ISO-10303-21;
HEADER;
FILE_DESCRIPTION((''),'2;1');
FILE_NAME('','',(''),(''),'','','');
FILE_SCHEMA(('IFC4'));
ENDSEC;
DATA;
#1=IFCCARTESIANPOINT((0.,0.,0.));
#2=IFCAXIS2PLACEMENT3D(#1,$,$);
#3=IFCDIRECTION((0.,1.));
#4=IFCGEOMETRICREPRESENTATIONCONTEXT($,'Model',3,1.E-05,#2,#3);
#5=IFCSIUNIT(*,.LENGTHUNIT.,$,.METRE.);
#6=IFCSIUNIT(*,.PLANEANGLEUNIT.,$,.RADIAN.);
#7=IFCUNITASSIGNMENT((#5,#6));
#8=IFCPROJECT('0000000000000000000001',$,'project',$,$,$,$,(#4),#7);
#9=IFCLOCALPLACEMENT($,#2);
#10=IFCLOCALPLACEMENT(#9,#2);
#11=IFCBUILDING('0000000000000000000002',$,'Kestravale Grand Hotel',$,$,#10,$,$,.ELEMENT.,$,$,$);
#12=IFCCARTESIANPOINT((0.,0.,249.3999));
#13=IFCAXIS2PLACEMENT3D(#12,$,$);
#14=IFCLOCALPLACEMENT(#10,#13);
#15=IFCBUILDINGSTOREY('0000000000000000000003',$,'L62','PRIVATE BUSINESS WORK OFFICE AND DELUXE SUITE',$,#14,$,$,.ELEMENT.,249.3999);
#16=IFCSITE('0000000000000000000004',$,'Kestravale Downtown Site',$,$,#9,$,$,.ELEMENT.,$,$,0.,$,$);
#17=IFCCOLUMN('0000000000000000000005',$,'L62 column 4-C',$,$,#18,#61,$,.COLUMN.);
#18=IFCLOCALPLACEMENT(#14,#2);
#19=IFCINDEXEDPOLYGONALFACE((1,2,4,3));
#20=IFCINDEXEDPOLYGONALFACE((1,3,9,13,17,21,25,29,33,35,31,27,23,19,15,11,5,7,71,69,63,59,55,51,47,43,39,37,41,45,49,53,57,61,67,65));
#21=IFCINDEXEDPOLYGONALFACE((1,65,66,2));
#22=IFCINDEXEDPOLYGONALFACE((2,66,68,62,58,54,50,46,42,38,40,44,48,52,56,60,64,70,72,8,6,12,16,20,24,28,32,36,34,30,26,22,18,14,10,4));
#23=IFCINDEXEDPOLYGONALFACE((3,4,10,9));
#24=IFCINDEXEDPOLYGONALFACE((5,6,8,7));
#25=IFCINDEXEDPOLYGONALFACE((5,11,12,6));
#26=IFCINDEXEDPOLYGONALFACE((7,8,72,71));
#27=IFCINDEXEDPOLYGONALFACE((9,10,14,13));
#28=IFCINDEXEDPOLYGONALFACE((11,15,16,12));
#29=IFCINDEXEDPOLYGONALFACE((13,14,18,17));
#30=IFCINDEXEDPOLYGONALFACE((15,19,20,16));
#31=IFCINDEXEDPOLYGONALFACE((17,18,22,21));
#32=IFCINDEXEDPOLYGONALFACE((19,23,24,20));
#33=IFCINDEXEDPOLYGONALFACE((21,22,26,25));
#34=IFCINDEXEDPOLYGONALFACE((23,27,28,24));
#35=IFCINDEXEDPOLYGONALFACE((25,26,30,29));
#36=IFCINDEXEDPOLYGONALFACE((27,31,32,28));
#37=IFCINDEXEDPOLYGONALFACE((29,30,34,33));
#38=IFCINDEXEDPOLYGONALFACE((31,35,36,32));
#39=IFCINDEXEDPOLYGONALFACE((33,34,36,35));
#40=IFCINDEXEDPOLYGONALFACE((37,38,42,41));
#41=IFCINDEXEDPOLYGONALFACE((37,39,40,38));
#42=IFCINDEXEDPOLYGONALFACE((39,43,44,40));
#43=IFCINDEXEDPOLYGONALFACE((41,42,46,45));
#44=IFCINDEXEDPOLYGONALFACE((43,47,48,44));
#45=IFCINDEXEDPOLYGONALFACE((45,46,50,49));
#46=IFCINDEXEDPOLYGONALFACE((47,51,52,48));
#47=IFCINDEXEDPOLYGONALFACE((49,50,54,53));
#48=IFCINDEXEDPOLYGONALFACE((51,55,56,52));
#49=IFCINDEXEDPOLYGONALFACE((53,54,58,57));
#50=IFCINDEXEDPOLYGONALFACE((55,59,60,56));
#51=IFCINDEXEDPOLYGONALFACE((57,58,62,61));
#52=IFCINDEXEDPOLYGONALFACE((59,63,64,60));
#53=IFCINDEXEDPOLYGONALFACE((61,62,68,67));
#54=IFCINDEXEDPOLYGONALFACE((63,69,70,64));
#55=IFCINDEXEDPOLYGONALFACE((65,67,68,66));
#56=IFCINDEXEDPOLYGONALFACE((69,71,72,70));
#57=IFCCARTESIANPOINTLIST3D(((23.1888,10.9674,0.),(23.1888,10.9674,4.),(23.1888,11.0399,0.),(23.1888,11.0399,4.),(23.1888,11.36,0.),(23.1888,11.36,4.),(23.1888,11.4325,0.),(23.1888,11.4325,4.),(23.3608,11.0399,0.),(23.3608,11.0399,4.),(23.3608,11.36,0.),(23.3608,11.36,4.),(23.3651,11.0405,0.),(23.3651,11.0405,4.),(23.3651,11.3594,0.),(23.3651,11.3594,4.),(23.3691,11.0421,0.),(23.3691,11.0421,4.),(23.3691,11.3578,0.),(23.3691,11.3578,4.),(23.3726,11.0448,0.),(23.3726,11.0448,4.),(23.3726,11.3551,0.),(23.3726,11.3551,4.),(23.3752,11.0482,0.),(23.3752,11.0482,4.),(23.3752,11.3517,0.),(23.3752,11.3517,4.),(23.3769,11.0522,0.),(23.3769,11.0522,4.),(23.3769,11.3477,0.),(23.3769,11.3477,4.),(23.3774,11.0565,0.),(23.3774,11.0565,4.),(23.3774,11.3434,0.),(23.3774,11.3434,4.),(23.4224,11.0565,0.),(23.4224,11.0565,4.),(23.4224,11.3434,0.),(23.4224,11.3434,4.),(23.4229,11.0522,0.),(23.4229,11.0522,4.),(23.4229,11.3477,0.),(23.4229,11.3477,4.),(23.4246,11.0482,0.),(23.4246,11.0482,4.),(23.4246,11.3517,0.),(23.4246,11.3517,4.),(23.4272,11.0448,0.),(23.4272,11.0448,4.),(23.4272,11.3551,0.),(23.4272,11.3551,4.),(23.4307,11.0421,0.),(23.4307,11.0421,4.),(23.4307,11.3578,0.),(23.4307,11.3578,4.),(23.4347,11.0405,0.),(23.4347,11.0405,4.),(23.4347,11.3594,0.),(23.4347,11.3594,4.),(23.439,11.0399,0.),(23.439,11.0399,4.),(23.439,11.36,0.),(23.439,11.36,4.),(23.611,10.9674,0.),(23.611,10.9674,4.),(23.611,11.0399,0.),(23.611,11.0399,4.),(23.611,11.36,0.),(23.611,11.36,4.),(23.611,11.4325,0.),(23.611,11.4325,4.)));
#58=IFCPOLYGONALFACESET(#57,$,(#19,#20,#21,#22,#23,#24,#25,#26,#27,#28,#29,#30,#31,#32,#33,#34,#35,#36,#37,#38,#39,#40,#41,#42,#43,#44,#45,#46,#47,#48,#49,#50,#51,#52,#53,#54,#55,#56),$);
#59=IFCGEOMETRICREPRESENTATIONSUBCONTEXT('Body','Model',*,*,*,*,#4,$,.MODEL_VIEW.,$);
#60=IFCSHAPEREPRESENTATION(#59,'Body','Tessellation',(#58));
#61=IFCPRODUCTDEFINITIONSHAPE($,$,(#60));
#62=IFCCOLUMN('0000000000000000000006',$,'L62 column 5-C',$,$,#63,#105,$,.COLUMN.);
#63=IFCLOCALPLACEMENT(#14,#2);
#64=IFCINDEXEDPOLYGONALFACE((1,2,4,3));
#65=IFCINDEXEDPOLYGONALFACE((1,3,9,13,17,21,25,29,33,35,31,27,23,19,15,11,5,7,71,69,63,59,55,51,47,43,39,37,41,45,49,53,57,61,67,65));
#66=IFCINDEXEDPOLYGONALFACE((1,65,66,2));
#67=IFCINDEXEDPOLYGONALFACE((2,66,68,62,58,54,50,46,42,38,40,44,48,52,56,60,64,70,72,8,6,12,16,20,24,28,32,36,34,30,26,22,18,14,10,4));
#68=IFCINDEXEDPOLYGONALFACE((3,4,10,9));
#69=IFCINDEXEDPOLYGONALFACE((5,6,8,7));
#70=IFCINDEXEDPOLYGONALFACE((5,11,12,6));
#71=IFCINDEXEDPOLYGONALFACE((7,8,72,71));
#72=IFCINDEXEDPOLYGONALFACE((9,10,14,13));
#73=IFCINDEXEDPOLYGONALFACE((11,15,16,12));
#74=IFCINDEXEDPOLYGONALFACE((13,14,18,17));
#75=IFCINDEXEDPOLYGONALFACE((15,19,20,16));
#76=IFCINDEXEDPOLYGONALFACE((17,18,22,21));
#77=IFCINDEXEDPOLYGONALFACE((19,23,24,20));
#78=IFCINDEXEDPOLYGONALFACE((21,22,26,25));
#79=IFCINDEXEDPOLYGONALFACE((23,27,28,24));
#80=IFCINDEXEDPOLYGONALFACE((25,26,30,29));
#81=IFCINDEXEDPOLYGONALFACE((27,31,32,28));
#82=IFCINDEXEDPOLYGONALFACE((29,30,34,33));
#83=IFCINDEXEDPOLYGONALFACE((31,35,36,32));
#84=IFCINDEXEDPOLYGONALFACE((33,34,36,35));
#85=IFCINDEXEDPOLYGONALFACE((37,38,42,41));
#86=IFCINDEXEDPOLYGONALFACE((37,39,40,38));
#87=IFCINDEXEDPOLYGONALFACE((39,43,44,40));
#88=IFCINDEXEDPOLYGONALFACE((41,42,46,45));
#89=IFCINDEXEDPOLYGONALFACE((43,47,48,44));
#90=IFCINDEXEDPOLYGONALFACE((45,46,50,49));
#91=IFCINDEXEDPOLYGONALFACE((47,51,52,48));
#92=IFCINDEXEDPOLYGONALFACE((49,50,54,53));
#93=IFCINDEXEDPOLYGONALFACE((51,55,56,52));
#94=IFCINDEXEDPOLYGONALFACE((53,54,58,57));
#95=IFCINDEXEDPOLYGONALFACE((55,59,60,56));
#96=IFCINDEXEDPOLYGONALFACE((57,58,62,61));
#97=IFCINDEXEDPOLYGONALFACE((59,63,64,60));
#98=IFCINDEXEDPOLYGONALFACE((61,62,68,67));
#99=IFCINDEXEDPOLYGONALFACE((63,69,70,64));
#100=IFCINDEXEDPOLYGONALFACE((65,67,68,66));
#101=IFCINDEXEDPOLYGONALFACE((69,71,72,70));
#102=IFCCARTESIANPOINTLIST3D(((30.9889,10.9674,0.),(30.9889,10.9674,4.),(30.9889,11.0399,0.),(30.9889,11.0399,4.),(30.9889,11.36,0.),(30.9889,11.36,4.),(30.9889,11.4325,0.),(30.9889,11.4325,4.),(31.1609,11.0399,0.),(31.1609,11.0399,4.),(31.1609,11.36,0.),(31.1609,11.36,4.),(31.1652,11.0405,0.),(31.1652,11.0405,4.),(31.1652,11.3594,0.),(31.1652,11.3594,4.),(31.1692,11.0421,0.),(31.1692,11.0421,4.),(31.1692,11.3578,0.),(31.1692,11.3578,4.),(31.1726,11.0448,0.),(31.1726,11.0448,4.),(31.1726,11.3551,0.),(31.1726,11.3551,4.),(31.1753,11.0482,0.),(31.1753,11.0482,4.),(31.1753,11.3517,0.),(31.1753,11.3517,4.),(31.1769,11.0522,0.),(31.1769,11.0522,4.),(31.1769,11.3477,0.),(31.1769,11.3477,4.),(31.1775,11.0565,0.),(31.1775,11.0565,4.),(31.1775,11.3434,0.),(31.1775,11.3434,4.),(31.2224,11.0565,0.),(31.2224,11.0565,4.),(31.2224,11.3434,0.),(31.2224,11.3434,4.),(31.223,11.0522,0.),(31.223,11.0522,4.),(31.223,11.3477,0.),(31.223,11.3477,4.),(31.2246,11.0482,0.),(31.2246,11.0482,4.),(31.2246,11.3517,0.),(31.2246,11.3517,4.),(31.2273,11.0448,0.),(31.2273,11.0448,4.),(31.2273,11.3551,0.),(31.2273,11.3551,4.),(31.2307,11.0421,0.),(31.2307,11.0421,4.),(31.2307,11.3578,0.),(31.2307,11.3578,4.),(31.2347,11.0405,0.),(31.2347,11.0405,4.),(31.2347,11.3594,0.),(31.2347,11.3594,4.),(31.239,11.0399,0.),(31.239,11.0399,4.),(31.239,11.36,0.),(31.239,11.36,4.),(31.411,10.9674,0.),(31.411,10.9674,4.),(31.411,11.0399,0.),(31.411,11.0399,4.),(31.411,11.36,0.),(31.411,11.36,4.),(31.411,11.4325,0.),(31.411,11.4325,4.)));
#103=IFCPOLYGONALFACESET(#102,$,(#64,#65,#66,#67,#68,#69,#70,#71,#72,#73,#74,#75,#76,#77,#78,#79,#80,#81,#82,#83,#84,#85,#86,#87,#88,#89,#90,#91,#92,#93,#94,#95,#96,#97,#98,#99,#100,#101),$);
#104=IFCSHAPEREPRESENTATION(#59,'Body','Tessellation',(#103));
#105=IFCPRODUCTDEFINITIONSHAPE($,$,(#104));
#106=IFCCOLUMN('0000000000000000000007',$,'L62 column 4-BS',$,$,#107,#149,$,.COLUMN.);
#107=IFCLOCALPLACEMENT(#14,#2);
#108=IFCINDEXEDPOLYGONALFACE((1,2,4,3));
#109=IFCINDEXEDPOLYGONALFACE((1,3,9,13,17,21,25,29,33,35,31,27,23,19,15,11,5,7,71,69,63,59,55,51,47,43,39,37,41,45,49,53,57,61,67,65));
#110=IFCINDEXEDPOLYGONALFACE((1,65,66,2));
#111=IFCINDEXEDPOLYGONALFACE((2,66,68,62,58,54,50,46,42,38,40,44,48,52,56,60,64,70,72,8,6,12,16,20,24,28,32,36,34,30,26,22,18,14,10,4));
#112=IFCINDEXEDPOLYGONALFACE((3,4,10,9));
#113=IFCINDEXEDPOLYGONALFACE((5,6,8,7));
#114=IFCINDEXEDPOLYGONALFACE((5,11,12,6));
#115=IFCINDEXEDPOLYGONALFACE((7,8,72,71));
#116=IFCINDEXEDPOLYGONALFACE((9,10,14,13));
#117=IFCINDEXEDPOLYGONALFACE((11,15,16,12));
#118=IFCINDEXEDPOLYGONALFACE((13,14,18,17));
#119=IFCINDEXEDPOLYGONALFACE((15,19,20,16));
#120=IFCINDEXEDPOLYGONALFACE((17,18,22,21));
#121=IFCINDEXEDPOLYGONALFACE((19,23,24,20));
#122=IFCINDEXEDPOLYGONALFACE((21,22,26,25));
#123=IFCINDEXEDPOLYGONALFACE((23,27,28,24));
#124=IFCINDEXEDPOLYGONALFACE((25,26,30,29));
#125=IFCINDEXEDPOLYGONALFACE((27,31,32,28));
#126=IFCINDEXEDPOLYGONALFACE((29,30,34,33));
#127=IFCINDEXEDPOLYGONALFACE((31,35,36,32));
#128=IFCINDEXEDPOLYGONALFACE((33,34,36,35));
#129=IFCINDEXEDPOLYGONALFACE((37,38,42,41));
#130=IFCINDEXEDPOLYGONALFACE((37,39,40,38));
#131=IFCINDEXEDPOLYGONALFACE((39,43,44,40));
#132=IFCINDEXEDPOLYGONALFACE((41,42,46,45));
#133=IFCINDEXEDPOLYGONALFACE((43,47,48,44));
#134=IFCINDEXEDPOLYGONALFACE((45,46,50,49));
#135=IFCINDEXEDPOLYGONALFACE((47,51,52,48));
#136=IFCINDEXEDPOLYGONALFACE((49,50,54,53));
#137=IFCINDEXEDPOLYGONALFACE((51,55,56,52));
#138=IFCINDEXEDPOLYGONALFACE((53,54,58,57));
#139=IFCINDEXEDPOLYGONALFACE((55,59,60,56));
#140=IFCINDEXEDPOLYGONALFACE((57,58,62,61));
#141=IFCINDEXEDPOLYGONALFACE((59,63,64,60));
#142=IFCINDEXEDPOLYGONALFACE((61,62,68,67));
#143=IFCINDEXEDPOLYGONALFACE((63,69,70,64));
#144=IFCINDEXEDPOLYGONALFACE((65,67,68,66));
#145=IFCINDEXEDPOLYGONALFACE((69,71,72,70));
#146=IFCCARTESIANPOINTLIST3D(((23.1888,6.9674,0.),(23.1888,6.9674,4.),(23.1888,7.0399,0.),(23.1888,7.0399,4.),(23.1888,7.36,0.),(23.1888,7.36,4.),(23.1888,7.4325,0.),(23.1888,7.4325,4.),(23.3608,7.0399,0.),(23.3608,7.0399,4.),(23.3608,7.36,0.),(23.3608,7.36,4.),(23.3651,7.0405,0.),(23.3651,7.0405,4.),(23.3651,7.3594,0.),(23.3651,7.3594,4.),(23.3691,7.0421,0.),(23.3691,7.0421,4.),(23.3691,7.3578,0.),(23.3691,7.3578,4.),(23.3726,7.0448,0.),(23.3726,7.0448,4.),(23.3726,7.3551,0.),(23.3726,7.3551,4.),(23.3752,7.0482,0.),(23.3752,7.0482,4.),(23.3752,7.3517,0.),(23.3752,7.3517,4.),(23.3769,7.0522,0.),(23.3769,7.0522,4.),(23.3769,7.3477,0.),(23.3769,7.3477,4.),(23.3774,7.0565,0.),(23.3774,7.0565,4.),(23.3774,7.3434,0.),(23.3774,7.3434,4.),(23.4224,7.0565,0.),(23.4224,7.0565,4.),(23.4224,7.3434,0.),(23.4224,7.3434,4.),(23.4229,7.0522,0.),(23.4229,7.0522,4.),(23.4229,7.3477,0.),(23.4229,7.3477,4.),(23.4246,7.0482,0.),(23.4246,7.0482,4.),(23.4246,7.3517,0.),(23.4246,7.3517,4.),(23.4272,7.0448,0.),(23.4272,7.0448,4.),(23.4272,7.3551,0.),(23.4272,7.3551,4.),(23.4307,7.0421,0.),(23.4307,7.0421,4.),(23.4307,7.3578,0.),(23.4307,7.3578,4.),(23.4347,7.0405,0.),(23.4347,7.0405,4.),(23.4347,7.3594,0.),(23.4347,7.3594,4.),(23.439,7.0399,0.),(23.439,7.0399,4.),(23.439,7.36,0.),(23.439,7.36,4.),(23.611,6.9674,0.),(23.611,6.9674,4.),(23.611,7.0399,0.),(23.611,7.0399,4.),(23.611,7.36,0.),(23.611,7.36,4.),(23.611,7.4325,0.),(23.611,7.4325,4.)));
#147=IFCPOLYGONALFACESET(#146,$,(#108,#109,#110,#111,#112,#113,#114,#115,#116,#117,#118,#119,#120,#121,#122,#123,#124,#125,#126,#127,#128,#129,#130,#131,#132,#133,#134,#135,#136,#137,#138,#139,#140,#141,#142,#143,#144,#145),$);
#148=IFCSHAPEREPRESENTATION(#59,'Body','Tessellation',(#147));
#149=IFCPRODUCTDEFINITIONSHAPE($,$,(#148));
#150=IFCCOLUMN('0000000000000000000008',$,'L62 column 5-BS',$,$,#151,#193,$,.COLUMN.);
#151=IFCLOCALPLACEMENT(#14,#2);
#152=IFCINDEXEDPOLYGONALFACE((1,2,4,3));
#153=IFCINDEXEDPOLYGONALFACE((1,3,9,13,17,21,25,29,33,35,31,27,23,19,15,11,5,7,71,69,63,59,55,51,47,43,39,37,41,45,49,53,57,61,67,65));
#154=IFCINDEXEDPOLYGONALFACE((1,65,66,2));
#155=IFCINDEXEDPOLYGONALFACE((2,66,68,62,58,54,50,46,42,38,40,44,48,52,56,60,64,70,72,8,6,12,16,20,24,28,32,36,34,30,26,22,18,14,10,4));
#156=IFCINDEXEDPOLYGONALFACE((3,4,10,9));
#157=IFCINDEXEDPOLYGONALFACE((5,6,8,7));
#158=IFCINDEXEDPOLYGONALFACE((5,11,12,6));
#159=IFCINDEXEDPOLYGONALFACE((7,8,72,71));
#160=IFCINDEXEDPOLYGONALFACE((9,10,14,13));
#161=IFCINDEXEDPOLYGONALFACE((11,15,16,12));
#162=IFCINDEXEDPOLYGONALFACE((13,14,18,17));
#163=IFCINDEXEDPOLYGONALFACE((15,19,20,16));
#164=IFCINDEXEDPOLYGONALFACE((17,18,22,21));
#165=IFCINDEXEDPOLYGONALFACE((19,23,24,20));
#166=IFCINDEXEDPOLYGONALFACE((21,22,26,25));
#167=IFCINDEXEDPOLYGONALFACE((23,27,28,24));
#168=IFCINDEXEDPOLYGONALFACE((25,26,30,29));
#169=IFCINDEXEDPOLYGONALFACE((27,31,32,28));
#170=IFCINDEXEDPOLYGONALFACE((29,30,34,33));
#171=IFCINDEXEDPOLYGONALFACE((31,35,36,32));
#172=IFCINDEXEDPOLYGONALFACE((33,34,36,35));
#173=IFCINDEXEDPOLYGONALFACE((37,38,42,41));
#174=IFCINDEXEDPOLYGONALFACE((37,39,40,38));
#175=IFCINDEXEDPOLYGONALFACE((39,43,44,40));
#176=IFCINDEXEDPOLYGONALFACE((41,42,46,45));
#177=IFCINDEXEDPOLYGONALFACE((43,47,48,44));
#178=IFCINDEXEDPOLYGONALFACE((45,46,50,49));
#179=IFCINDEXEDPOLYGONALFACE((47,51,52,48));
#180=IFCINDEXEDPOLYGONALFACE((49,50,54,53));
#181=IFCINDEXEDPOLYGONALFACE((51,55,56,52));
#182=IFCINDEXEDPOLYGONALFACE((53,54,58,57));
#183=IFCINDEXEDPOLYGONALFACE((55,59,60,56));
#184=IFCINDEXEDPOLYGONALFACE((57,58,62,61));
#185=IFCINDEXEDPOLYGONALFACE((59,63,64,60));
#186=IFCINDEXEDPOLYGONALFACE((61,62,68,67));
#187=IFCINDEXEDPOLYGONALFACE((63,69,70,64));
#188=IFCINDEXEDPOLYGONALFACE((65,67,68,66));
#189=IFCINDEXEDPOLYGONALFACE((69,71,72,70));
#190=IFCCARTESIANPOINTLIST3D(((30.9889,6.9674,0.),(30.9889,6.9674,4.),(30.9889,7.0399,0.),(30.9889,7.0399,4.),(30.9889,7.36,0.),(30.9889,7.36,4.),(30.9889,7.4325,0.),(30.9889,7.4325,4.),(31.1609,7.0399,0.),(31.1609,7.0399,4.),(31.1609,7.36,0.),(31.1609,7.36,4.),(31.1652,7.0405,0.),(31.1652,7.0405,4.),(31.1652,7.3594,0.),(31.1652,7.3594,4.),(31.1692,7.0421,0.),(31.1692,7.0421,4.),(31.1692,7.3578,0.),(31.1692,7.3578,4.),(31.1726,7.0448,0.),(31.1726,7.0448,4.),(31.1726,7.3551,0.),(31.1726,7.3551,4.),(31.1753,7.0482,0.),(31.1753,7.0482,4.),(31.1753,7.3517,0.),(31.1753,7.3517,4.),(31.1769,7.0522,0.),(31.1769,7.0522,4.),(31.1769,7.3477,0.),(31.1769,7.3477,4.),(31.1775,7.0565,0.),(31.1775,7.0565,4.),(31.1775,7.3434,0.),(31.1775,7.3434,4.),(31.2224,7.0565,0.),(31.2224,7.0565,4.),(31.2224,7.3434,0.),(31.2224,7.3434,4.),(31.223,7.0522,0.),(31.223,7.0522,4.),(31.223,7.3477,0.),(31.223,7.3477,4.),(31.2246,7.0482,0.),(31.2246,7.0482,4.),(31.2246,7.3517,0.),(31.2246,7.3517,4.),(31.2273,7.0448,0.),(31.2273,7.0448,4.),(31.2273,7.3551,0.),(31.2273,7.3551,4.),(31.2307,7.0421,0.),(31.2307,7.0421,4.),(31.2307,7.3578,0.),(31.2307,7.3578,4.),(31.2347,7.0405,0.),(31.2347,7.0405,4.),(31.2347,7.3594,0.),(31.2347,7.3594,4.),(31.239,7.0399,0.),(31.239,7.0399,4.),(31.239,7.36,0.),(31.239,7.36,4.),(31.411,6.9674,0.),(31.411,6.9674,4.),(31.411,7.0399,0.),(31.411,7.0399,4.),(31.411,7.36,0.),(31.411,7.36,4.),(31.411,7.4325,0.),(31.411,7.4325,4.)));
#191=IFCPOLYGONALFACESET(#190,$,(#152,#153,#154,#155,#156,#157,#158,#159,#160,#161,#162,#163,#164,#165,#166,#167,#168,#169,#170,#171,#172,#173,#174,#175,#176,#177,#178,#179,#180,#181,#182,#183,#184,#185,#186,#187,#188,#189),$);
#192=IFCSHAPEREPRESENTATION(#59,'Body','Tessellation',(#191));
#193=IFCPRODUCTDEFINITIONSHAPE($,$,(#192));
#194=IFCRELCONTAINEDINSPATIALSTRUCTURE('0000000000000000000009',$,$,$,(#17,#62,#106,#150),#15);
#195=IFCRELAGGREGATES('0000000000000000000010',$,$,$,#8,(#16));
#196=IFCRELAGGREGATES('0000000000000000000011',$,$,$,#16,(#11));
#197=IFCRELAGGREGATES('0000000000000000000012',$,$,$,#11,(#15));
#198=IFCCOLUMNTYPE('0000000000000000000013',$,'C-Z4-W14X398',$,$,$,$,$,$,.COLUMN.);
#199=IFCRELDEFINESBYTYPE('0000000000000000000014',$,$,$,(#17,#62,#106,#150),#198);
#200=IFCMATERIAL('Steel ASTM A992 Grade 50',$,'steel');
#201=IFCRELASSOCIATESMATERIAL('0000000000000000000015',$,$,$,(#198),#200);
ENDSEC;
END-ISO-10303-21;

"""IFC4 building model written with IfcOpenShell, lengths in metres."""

from ifc_helpers import new_model, si_unit, direction, frame, origin, origin_2d, place, context, subcontext, project, spatial, i_section, extrude, material, material_profile, profile_set, type_object, element, save


model = new_model("IFC4")

# Units and contexts
model_context = context("Model", 3, precision=1e-05, world=origin(), true_north=direction((0.0, 1.0)))
body_context = subcontext(model_context, "Body", "Model", "MODEL_VIEW")
ifc_project = project(units=[si_unit("LENGTHUNIT", "METRE"), si_unit("PLANEANGLEUNIT", "RADIAN")], contexts=[model_context])

# Site, building, storey
site_placement = place(None, origin())
site = spatial("IfcSite", under=ifc_project, at=site_placement, Name="Kestravale Downtown Site", CompositionType="ELEMENT", RefElevation=0.0)
building_placement = place(site_placement, origin())
building = spatial("IfcBuilding", under=site, at=building_placement, Name="Kestravale Grand Hotel", CompositionType="ELEMENT")
storey_placement = place(building_placement, frame((0.0, 0.0, 249.3999)))
storey = spatial("IfcBuildingStorey", under=building, at=storey_placement, Name="L62", Description="PRIVATE BUSINESS WORK OFFICE AND DELUXE SUITE", CompositionType="ELEMENT", Elevation=249.3999)

# Columns
ifc_material_1 = material(Name="Steel ASTM A992 Grade 50", Category="steel")
ifc_material_profile_1 = material_profile(ifc_material_1, i_section(OverallWidth=0.4221, OverallDepth=0.4651, WebThickness=0.0449, FlangeThickness=0.0725, FilletRadius=0.0166, at=origin_2d()))
ifc_profile_set_1 = profile_set([ifc_material_profile_1], Name="Steel ASTM A992 Grade 50")
column_type = type_object("IfcColumnType", Name="C-Z4-W14X398", PredefinedType="COLUMN", material=ifc_profile_set_1)
for number, where, z_axis, x_axis, name in (
    (1, (23.3999, 11.2, 0.0), (0.0, 0.0, 1.0), (1.0, 0.0, 0.0), "L62 column 4-C"),
    (2, (31.2, 11.2, 0.0), (0.0, 0.0, 1.0), (1.0, 0.0, 0.0), "L62 column 5-C"),
    (3, (23.3999, 7.2, 0.0), (0.0, 0.0, 1.0), (1.0, 0.0, 0.0), "L62 column 4-BS"),
    (4, (31.2, 7.2, 0.0), (0.0, 0.0, 1.0), (1.0, 0.0, 0.0), "L62 column 5-BS"),
):
    element("IfcColumn", number, at=place(storey_placement, frame(where, z_axis=z_axis, x_axis=x_axis)), inside=storey, type_object=column_type, Name=name, PredefinedType="COLUMN", context=body_context, shape_type="SweptSolid", body=[
        extrude(i_section(OverallWidth=0.4221, OverallDepth=0.4651, WebThickness=0.0449, FlangeThickness=0.0725, FilletRadius=0.0166, at=origin_2d()), origin(), (0.0, 0.0, 1.0), 4.0),
    ])

save(model, "model.ifc")
